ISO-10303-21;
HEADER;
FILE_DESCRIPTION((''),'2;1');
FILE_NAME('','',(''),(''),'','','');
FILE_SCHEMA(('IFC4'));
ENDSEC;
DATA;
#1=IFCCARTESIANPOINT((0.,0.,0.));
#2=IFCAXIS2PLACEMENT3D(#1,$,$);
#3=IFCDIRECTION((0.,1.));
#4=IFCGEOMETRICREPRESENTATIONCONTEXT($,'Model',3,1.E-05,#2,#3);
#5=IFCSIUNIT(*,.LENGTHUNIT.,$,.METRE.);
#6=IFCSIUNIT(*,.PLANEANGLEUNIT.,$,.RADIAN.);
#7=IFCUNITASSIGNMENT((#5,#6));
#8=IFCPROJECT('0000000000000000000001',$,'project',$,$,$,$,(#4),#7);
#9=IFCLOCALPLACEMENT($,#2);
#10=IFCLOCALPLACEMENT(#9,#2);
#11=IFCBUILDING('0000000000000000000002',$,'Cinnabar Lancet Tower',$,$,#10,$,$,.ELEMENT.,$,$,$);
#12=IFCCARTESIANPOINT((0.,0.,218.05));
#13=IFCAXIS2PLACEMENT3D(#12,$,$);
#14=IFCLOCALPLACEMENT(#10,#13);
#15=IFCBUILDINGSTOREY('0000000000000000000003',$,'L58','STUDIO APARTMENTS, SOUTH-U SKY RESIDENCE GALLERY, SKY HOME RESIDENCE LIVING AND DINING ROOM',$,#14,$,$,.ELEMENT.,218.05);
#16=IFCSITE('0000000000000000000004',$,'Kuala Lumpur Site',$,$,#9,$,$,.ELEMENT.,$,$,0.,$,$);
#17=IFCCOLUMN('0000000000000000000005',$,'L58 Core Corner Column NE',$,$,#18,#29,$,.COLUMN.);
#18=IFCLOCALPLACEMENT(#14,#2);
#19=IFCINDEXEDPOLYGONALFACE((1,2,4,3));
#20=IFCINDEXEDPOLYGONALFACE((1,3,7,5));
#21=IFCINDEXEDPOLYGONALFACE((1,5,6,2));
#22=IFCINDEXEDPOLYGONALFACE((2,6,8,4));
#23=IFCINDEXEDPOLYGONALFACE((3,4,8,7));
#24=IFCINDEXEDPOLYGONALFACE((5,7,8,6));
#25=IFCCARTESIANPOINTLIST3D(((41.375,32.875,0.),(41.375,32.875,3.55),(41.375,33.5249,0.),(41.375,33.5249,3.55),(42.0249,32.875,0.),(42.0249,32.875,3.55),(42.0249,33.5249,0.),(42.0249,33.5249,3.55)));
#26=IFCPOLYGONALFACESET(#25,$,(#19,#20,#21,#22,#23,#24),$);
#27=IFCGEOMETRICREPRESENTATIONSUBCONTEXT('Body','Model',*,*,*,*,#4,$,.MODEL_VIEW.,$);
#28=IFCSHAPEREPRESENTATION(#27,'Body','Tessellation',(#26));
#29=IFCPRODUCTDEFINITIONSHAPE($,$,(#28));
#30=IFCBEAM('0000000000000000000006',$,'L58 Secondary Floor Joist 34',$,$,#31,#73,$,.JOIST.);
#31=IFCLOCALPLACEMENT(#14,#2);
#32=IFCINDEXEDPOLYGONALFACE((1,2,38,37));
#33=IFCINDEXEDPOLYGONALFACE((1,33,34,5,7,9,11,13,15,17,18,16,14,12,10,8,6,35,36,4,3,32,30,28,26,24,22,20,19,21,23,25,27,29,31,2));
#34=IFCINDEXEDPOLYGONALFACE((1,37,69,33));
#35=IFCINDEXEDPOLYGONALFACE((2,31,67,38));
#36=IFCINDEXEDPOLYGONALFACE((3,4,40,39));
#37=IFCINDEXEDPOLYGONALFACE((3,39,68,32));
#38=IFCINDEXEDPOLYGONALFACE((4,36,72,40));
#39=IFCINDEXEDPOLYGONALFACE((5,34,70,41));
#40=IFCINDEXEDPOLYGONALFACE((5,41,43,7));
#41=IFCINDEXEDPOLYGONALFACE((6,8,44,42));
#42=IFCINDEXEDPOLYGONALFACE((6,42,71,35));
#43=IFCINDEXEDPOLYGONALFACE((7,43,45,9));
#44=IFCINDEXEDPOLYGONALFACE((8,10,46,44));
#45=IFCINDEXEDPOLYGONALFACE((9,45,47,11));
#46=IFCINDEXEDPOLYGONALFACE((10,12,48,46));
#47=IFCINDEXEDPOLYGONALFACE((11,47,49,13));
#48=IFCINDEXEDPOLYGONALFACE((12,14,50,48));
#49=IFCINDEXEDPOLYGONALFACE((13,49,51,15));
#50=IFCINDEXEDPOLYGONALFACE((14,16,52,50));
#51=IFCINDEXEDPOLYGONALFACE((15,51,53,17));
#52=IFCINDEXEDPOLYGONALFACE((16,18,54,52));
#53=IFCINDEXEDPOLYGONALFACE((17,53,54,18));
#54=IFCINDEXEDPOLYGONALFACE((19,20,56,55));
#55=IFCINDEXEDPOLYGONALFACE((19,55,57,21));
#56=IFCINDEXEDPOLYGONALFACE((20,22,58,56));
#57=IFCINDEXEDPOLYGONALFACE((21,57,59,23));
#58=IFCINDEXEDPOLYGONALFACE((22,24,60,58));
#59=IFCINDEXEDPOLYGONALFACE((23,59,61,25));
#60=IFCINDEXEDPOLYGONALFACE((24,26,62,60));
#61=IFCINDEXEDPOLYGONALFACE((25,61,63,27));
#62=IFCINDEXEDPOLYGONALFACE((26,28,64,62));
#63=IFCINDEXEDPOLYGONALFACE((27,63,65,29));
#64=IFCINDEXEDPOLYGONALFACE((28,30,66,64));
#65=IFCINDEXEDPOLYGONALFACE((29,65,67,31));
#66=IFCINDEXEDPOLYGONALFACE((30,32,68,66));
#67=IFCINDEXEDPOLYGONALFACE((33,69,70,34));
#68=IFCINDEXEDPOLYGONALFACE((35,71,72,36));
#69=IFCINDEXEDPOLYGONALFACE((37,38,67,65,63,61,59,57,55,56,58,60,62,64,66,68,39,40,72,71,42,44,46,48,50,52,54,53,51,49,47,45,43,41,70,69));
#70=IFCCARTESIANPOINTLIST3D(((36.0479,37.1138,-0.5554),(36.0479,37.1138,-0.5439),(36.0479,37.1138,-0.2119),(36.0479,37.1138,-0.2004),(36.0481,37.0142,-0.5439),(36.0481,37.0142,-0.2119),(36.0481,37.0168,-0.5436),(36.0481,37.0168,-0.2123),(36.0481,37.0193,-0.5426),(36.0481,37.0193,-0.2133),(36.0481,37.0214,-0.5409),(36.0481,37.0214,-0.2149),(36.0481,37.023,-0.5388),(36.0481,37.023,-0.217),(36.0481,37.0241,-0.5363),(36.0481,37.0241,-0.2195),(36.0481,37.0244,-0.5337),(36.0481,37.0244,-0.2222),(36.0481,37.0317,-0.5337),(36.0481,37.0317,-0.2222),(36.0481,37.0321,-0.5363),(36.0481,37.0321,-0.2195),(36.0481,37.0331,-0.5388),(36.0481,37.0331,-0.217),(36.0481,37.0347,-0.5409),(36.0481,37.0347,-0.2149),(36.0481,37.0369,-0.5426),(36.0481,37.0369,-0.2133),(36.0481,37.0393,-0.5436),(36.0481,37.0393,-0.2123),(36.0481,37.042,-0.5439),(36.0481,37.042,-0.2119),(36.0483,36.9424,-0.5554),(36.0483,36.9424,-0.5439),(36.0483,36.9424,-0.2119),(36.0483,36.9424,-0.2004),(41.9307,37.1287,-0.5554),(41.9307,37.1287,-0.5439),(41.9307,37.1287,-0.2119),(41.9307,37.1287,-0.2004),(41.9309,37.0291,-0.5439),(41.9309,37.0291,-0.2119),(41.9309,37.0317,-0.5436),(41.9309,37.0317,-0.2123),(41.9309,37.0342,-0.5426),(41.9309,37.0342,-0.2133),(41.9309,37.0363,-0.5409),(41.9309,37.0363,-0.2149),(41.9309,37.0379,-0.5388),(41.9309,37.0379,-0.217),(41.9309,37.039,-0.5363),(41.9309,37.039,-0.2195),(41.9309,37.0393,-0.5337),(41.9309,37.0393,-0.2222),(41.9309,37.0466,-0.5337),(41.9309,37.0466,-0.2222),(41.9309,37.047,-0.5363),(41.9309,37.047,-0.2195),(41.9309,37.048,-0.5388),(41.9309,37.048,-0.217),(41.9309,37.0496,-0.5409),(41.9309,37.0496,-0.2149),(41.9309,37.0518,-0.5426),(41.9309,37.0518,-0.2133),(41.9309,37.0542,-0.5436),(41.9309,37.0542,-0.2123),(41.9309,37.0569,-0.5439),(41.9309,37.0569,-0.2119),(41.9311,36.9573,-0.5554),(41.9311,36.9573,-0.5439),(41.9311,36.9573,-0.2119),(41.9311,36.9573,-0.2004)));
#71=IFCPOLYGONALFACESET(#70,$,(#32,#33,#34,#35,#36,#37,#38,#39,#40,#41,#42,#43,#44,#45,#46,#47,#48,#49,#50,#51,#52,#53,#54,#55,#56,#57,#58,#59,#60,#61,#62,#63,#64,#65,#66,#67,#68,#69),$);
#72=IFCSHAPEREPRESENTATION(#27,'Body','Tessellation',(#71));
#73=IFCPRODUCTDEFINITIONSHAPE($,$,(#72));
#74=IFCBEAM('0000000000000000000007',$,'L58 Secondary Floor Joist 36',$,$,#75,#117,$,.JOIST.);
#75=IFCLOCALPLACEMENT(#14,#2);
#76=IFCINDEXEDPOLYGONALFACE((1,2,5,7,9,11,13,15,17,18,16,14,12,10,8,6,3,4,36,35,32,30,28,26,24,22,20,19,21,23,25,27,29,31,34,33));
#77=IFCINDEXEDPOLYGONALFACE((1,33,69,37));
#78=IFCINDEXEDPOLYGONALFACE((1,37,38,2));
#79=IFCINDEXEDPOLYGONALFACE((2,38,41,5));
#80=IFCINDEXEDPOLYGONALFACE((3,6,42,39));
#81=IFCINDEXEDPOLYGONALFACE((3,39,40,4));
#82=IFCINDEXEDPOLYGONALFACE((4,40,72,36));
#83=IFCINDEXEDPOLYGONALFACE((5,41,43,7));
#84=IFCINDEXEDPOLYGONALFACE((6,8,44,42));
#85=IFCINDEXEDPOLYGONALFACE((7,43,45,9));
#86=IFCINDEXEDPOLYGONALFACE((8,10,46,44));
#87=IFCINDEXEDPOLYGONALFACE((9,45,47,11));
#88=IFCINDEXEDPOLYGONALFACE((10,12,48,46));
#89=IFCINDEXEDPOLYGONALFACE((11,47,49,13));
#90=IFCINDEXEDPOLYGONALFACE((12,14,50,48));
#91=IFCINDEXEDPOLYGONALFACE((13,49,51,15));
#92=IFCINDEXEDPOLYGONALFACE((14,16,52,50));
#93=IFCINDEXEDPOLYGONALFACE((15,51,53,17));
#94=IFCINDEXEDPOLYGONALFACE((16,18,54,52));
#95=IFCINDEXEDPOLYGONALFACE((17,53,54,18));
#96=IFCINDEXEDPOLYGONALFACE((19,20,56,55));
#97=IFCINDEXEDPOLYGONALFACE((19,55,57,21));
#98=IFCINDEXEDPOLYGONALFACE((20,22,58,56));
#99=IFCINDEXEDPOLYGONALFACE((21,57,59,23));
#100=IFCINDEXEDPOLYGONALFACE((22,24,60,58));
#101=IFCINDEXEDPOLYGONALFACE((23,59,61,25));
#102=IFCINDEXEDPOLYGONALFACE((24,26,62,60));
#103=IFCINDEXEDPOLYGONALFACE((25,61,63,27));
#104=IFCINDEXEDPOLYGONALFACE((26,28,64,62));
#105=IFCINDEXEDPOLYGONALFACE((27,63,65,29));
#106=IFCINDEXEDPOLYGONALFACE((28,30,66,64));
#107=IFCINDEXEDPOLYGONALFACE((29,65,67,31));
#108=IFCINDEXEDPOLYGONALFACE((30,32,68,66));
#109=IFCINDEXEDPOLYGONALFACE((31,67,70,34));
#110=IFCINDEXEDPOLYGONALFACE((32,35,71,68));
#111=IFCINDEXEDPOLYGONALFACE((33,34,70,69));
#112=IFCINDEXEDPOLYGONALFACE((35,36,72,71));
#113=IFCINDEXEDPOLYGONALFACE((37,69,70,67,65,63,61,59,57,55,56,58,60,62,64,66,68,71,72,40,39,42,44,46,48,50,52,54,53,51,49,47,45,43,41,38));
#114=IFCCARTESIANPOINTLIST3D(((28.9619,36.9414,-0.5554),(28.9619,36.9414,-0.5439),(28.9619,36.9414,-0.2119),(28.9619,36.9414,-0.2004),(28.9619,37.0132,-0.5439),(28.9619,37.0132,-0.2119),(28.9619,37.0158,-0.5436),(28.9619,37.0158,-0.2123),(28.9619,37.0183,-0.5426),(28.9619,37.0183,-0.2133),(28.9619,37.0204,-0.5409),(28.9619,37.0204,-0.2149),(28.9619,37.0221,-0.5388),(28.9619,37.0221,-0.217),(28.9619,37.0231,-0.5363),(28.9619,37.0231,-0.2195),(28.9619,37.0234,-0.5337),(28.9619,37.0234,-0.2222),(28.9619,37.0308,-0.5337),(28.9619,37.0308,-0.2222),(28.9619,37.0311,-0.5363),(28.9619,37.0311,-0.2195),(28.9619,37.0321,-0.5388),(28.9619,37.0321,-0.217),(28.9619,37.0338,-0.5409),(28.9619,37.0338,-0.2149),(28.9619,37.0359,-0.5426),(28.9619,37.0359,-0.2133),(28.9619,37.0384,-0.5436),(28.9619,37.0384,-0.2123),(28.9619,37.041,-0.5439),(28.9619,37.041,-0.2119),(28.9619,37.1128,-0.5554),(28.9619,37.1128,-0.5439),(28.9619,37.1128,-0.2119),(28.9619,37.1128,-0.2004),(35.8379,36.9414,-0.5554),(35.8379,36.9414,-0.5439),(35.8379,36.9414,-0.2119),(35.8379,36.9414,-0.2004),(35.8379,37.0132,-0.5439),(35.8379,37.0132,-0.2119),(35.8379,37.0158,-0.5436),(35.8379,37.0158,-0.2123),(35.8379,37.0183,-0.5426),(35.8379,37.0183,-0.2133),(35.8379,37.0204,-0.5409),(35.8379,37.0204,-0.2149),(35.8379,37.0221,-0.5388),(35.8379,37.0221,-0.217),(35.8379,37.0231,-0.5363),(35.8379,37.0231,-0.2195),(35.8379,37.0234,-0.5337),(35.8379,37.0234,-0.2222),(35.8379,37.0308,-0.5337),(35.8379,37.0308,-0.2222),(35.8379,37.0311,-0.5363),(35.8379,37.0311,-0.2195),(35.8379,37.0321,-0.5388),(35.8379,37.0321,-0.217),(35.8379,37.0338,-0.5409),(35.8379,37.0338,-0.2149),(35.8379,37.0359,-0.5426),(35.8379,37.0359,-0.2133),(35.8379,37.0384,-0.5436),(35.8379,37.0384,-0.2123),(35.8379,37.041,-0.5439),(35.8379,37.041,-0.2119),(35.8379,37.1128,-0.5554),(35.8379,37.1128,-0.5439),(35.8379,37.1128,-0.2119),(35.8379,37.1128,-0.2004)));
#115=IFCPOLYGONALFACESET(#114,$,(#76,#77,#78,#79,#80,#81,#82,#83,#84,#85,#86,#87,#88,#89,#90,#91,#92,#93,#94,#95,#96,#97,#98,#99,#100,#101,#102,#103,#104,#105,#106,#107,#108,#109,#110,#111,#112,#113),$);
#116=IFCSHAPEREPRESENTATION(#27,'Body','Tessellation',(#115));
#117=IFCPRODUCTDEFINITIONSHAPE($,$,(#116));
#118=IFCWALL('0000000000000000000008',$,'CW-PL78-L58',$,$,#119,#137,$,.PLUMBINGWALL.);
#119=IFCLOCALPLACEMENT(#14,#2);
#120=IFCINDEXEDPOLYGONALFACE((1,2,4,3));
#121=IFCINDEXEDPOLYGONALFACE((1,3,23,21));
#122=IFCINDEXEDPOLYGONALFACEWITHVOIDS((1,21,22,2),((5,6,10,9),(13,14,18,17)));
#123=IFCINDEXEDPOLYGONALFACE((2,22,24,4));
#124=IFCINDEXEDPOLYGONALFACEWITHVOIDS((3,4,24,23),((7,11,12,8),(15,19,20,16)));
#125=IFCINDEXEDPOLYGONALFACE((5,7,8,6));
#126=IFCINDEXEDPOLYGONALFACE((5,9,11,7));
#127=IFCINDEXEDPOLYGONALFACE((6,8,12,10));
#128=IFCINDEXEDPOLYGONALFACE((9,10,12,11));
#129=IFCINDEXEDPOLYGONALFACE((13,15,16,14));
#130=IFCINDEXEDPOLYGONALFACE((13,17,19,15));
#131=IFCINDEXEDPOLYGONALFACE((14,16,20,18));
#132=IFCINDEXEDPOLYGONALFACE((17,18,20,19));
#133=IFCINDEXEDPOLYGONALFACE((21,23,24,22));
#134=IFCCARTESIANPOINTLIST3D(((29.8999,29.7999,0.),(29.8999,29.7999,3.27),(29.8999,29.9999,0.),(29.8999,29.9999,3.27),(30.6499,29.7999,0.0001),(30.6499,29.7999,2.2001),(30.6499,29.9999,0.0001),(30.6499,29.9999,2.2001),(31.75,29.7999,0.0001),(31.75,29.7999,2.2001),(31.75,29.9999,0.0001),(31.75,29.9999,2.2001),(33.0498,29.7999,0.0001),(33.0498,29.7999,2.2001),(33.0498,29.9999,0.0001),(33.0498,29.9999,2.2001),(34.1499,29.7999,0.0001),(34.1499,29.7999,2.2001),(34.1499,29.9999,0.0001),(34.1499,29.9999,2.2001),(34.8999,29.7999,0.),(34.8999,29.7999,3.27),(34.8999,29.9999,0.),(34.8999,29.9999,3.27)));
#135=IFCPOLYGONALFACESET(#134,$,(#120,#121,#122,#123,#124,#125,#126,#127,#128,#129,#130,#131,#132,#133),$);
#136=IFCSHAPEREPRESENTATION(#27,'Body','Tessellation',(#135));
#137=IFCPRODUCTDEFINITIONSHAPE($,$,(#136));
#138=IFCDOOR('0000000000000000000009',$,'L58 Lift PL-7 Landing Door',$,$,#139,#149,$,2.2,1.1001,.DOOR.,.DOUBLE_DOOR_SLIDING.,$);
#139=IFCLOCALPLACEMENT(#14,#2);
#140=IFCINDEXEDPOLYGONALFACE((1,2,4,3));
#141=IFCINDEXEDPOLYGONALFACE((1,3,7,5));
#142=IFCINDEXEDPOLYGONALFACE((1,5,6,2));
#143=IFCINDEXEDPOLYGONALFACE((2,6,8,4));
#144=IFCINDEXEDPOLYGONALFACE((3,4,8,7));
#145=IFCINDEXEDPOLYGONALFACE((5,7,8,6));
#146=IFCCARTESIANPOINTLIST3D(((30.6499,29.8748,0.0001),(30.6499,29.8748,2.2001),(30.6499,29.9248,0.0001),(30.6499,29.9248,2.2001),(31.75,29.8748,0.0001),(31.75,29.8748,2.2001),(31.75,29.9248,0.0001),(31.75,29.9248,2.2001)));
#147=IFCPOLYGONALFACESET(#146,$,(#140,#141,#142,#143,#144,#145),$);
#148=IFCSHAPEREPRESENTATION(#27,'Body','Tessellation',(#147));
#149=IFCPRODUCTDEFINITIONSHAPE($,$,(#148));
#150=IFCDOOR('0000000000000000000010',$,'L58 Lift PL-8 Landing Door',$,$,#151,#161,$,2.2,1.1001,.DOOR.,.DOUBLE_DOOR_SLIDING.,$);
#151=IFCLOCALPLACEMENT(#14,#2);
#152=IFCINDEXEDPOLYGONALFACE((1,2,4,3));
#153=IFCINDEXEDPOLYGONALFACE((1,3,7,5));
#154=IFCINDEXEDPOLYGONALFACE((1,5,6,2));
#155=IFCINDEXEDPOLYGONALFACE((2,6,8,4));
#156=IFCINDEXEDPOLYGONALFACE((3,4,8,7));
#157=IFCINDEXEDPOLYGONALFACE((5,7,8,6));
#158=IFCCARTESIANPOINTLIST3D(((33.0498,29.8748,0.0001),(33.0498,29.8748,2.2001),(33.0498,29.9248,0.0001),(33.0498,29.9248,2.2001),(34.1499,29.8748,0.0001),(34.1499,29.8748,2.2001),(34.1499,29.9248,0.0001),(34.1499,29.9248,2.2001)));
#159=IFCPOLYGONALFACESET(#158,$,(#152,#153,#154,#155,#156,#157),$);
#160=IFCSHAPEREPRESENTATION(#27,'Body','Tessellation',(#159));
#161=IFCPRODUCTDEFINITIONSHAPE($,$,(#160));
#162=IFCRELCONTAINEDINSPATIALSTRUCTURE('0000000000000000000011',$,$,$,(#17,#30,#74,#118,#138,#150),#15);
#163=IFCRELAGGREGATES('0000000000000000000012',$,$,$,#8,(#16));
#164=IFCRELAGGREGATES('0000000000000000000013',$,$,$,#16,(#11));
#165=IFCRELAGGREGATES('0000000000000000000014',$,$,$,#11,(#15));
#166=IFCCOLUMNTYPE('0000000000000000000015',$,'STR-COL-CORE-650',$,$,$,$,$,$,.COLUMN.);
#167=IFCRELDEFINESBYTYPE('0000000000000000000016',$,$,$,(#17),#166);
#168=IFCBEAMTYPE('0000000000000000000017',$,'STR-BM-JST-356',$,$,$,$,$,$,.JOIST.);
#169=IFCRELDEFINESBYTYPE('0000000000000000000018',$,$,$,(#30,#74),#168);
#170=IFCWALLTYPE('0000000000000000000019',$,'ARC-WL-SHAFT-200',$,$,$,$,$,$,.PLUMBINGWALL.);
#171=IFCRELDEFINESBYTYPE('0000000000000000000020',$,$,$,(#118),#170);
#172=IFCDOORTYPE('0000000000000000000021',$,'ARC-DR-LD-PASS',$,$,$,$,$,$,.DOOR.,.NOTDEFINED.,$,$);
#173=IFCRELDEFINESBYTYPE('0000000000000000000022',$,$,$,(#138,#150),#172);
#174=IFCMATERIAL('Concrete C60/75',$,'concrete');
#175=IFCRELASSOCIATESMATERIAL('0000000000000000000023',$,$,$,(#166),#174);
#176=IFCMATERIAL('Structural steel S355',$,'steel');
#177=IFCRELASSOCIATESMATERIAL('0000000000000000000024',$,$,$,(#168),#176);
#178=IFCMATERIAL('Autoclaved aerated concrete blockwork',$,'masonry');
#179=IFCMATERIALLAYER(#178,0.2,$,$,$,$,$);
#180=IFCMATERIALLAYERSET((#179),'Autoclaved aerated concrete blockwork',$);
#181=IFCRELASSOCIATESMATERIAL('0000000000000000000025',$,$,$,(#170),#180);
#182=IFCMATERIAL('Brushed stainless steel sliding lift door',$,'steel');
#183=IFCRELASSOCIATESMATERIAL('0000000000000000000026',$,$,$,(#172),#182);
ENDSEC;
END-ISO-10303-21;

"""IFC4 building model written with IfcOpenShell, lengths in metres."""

from ifc_helpers import new_model, si_unit, direction, frame, frame_2d, origin, origin_2d, place, context, subcontext, project, spatial, rectangle, i_section, extrude, material, layer, layer_set, material_profile, profile_set, type_object, element, fill, save


model = new_model("IFC4")

# Units and contexts
model_context = context("Model", 3, precision=1e-05, world=origin(), true_north=direction((0.0, 1.0)))
body_context = subcontext(model_context, "Body", "Model", "MODEL_VIEW")
ifc_project = project(units=[si_unit("LENGTHUNIT", "METRE"), si_unit("PLANEANGLEUNIT", "RADIAN")], contexts=[model_context])

# Site, building, storey
site_placement = place(None, origin())
site = spatial("IfcSite", under=ifc_project, at=site_placement, Name="Kuala Lumpur Site", CompositionType="ELEMENT", RefElevation=0.0)
building_placement = place(site_placement, origin())
building = spatial("IfcBuilding", under=site, at=building_placement, Name="Cinnabar Lancet Tower", CompositionType="ELEMENT")
storey_placement = place(building_placement, frame((0.0, 0.0, 218.05)))
storey = spatial("IfcBuildingStorey", under=building, at=storey_placement, Name="L58", Description="STUDIO APARTMENTS, SOUTH-U SKY RESIDENCE GALLERY, SKY HOME RESIDENCE LIVING AND DINING ROOM", CompositionType="ELEMENT", Elevation=218.05)

# Column
ifc_material_1 = material(Name="Concrete C60/75", Category="concrete")
ifc_material_profile_1 = material_profile(ifc_material_1, rectangle(XDim=0.6499, YDim=0.6499, at=origin_2d()), Name="RC-COL 650x650")
ifc_profile_set_1 = profile_set([ifc_material_profile_1], Name="Concrete C60/75")
column_type = type_object("IfcColumnType", Name="STR-COL-CORE-650", PredefinedType="COLUMN", material=ifc_profile_set_1)
column_placement = place(storey_placement, frame((41.7, 33.2, 0.0), z_axis=(0.0, 0.0, 1.0), x_axis=(1.0, 0.0, 0.0)))
element("IfcColumn", 1, at=column_placement, inside=storey, type_object=column_type, Name="L58 Core Corner Column NE", PredefinedType="COLUMN", context=body_context, shape_type="SweptSolid", body=[
    extrude(rectangle(XDim=0.6499, YDim=0.6499, at=origin_2d()), origin(), (0.0, 0.0, 1.0), 3.55),
])

# Beams
ifc_material_2 = material(Name="Structural steel S355", Category="steel")
ifc_material_profile_2 = material_profile(ifc_material_2, i_section(OverallWidth=0.1714, OverallDepth=0.355, WebThickness=0.0073, FlangeThickness=0.0115, FilletRadius=0.0103, at=origin_2d()), Name="UKB 356x171x51")
ifc_profile_set_2 = profile_set([ifc_material_profile_2], Name="Structural steel S355")
beam_type = type_object("IfcBeamType", Name="STR-BM-JST-356", PredefinedType="JOIST", material=ifc_profile_set_2)
beam_1_placement = place(storey_placement, frame((41.9309, 37.043, -0.3779), z_axis=(-0.999997, -0.002532, 0.0), x_axis=(0.002532, -0.999997, 0.0)))
element("IfcBeam", 2, at=beam_1_placement, inside=storey, type_object=beam_type, Name="L58 Secondary Floor Joist 34", PredefinedType="JOIST", context=body_context, shape_type="SweptSolid", body=[
    extrude(i_section(OverallWidth=0.1714, OverallDepth=0.355, WebThickness=0.0073, FlangeThickness=0.0115, FilletRadius=0.0103, at=origin_2d()), origin(), (0.0, 0.0, 1.0), 5.8828),
])
beam_2_placement = place(storey_placement, frame((35.8379, 37.0271, -0.3779), z_axis=(-1.0, 0.0, 0.0), x_axis=(0.0, -1.0, 0.0)))
element("IfcBeam", 3, at=beam_2_placement, inside=storey, type_object=beam_type, Name="L58 Secondary Floor Joist 36", PredefinedType="JOIST", context=body_context, shape_type="SweptSolid", body=[
    extrude(i_section(OverallWidth=0.1714, OverallDepth=0.355, WebThickness=0.0073, FlangeThickness=0.0115, FilletRadius=0.0103, at=origin_2d()), origin(), (0.0, 0.0, 1.0), 6.876),
])

# Wall, openings, doors
ifc_material_3 = material(Name="Autoclaved aerated concrete blockwork", Category="masonry")
ifc_layer_1 = layer(ifc_material_3, 0.2)
ifc_layer_set_1 = layer_set([ifc_layer_1], Name="Autoclaved aerated concrete blockwork")
wall_type_1 = type_object("IfcWallType", Name="ARC-WL-SHAFT-200", PredefinedType="PLUMBINGWALL", material=ifc_layer_set_1)
wall_1_placement = place(storey_placement, frame((29.8999, 29.8999, 0.0), z_axis=(0.0, 0.0, 1.0), x_axis=(1.0, 0.0, 0.0)))
wall_1 = element("IfcWall", 4, at=wall_1_placement, inside=storey, type_object=wall_type_1, Name="CW-PL78-L58", PredefinedType="PLUMBINGWALL", context=body_context, shape_type="SweptSolid", body=[
    extrude(rectangle(XDim=5.0, YDim=0.2, at=frame_2d((2.5, 0.0))), origin(), (0.0, 0.0, 1.0), 3.27),
])
opening_1_placement = place(wall_1_placement, frame((0.75, 0.0, 0.0)))
opening_1 = element("IfcOpeningElement", 5, at=opening_1_placement, cuts=wall_1, PredefinedType="OPENING", context=body_context, shape_type="SweptSolid", body=[
    extrude(rectangle(XDim=1.1001, YDim=2.2, at=frame_2d((0.55, 1.1001))), frame((0.0, 0.1099, 0.0), z_axis=(0.0, -1.0, 0.0), x_axis=(1.0, 0.0, 0.0)), (0.0, 0.0, 1.0), 0.22),
])
opening_2_placement = place(wall_1_placement, frame((3.1499, 0.0, 0.0)))
opening_2 = element("IfcOpeningElement", 6, at=opening_2_placement, cuts=wall_1, PredefinedType="OPENING", context=body_context, shape_type="SweptSolid", body=[
    extrude(rectangle(XDim=1.1001, YDim=2.2, at=frame_2d((0.55, 1.1001))), frame((0.0, 0.1099, 0.0), z_axis=(0.0, -1.0, 0.0), x_axis=(1.0, 0.0, 0.0)), (0.0, 0.0, 1.0), 0.22),
])
ifc_material_4 = material(Name="Brushed stainless steel sliding lift door", Category="steel")
door_type_1 = type_object("IfcDoorType", Name="ARC-DR-LD-PASS", OperationType="NOTDEFINED", PredefinedType="DOOR", material=ifc_material_4)
door_1_placement = place(opening_1_placement, origin())
door_1 = element("IfcDoor", 7, at=door_1_placement, inside=storey, type_object=door_type_1, Name="L58 Lift PL-7 Landing Door", OperationType="DOUBLE_DOOR_SLIDING", OverallHeight=2.2, OverallWidth=1.1001, PredefinedType="DOOR", context=body_context, shape_type="SweptSolid", body=[
    extrude(rectangle(XDim=1.1001, YDim=2.2, at=frame_2d((0.55, 1.1001))), frame((0.0, 0.0249, 0.0), z_axis=(0.0, -1.0, 0.0), x_axis=(1.0, 0.0, 0.0)), (0.0, 0.0, 1.0), 0.05),
])
fill(opening_1, door_1)
door_2_placement = place(opening_2_placement, origin())
door_2 = element("IfcDoor", 8, at=door_2_placement, inside=storey, type_object=door_type_1, Name="L58 Lift PL-8 Landing Door", OperationType="DOUBLE_DOOR_SLIDING", OverallHeight=2.2, OverallWidth=1.1001, PredefinedType="DOOR", context=body_context, shape_type="SweptSolid", body=[
    extrude(rectangle(XDim=1.1001, YDim=2.2, at=frame_2d((0.55, 1.1001))), frame((0.0, 0.0249, 0.0), z_axis=(0.0, -1.0, 0.0), x_axis=(1.0, 0.0, 0.0)), (0.0, 0.0, 1.0), 0.05),
])
fill(opening_2, door_2)

save(model, "model.ifc")
